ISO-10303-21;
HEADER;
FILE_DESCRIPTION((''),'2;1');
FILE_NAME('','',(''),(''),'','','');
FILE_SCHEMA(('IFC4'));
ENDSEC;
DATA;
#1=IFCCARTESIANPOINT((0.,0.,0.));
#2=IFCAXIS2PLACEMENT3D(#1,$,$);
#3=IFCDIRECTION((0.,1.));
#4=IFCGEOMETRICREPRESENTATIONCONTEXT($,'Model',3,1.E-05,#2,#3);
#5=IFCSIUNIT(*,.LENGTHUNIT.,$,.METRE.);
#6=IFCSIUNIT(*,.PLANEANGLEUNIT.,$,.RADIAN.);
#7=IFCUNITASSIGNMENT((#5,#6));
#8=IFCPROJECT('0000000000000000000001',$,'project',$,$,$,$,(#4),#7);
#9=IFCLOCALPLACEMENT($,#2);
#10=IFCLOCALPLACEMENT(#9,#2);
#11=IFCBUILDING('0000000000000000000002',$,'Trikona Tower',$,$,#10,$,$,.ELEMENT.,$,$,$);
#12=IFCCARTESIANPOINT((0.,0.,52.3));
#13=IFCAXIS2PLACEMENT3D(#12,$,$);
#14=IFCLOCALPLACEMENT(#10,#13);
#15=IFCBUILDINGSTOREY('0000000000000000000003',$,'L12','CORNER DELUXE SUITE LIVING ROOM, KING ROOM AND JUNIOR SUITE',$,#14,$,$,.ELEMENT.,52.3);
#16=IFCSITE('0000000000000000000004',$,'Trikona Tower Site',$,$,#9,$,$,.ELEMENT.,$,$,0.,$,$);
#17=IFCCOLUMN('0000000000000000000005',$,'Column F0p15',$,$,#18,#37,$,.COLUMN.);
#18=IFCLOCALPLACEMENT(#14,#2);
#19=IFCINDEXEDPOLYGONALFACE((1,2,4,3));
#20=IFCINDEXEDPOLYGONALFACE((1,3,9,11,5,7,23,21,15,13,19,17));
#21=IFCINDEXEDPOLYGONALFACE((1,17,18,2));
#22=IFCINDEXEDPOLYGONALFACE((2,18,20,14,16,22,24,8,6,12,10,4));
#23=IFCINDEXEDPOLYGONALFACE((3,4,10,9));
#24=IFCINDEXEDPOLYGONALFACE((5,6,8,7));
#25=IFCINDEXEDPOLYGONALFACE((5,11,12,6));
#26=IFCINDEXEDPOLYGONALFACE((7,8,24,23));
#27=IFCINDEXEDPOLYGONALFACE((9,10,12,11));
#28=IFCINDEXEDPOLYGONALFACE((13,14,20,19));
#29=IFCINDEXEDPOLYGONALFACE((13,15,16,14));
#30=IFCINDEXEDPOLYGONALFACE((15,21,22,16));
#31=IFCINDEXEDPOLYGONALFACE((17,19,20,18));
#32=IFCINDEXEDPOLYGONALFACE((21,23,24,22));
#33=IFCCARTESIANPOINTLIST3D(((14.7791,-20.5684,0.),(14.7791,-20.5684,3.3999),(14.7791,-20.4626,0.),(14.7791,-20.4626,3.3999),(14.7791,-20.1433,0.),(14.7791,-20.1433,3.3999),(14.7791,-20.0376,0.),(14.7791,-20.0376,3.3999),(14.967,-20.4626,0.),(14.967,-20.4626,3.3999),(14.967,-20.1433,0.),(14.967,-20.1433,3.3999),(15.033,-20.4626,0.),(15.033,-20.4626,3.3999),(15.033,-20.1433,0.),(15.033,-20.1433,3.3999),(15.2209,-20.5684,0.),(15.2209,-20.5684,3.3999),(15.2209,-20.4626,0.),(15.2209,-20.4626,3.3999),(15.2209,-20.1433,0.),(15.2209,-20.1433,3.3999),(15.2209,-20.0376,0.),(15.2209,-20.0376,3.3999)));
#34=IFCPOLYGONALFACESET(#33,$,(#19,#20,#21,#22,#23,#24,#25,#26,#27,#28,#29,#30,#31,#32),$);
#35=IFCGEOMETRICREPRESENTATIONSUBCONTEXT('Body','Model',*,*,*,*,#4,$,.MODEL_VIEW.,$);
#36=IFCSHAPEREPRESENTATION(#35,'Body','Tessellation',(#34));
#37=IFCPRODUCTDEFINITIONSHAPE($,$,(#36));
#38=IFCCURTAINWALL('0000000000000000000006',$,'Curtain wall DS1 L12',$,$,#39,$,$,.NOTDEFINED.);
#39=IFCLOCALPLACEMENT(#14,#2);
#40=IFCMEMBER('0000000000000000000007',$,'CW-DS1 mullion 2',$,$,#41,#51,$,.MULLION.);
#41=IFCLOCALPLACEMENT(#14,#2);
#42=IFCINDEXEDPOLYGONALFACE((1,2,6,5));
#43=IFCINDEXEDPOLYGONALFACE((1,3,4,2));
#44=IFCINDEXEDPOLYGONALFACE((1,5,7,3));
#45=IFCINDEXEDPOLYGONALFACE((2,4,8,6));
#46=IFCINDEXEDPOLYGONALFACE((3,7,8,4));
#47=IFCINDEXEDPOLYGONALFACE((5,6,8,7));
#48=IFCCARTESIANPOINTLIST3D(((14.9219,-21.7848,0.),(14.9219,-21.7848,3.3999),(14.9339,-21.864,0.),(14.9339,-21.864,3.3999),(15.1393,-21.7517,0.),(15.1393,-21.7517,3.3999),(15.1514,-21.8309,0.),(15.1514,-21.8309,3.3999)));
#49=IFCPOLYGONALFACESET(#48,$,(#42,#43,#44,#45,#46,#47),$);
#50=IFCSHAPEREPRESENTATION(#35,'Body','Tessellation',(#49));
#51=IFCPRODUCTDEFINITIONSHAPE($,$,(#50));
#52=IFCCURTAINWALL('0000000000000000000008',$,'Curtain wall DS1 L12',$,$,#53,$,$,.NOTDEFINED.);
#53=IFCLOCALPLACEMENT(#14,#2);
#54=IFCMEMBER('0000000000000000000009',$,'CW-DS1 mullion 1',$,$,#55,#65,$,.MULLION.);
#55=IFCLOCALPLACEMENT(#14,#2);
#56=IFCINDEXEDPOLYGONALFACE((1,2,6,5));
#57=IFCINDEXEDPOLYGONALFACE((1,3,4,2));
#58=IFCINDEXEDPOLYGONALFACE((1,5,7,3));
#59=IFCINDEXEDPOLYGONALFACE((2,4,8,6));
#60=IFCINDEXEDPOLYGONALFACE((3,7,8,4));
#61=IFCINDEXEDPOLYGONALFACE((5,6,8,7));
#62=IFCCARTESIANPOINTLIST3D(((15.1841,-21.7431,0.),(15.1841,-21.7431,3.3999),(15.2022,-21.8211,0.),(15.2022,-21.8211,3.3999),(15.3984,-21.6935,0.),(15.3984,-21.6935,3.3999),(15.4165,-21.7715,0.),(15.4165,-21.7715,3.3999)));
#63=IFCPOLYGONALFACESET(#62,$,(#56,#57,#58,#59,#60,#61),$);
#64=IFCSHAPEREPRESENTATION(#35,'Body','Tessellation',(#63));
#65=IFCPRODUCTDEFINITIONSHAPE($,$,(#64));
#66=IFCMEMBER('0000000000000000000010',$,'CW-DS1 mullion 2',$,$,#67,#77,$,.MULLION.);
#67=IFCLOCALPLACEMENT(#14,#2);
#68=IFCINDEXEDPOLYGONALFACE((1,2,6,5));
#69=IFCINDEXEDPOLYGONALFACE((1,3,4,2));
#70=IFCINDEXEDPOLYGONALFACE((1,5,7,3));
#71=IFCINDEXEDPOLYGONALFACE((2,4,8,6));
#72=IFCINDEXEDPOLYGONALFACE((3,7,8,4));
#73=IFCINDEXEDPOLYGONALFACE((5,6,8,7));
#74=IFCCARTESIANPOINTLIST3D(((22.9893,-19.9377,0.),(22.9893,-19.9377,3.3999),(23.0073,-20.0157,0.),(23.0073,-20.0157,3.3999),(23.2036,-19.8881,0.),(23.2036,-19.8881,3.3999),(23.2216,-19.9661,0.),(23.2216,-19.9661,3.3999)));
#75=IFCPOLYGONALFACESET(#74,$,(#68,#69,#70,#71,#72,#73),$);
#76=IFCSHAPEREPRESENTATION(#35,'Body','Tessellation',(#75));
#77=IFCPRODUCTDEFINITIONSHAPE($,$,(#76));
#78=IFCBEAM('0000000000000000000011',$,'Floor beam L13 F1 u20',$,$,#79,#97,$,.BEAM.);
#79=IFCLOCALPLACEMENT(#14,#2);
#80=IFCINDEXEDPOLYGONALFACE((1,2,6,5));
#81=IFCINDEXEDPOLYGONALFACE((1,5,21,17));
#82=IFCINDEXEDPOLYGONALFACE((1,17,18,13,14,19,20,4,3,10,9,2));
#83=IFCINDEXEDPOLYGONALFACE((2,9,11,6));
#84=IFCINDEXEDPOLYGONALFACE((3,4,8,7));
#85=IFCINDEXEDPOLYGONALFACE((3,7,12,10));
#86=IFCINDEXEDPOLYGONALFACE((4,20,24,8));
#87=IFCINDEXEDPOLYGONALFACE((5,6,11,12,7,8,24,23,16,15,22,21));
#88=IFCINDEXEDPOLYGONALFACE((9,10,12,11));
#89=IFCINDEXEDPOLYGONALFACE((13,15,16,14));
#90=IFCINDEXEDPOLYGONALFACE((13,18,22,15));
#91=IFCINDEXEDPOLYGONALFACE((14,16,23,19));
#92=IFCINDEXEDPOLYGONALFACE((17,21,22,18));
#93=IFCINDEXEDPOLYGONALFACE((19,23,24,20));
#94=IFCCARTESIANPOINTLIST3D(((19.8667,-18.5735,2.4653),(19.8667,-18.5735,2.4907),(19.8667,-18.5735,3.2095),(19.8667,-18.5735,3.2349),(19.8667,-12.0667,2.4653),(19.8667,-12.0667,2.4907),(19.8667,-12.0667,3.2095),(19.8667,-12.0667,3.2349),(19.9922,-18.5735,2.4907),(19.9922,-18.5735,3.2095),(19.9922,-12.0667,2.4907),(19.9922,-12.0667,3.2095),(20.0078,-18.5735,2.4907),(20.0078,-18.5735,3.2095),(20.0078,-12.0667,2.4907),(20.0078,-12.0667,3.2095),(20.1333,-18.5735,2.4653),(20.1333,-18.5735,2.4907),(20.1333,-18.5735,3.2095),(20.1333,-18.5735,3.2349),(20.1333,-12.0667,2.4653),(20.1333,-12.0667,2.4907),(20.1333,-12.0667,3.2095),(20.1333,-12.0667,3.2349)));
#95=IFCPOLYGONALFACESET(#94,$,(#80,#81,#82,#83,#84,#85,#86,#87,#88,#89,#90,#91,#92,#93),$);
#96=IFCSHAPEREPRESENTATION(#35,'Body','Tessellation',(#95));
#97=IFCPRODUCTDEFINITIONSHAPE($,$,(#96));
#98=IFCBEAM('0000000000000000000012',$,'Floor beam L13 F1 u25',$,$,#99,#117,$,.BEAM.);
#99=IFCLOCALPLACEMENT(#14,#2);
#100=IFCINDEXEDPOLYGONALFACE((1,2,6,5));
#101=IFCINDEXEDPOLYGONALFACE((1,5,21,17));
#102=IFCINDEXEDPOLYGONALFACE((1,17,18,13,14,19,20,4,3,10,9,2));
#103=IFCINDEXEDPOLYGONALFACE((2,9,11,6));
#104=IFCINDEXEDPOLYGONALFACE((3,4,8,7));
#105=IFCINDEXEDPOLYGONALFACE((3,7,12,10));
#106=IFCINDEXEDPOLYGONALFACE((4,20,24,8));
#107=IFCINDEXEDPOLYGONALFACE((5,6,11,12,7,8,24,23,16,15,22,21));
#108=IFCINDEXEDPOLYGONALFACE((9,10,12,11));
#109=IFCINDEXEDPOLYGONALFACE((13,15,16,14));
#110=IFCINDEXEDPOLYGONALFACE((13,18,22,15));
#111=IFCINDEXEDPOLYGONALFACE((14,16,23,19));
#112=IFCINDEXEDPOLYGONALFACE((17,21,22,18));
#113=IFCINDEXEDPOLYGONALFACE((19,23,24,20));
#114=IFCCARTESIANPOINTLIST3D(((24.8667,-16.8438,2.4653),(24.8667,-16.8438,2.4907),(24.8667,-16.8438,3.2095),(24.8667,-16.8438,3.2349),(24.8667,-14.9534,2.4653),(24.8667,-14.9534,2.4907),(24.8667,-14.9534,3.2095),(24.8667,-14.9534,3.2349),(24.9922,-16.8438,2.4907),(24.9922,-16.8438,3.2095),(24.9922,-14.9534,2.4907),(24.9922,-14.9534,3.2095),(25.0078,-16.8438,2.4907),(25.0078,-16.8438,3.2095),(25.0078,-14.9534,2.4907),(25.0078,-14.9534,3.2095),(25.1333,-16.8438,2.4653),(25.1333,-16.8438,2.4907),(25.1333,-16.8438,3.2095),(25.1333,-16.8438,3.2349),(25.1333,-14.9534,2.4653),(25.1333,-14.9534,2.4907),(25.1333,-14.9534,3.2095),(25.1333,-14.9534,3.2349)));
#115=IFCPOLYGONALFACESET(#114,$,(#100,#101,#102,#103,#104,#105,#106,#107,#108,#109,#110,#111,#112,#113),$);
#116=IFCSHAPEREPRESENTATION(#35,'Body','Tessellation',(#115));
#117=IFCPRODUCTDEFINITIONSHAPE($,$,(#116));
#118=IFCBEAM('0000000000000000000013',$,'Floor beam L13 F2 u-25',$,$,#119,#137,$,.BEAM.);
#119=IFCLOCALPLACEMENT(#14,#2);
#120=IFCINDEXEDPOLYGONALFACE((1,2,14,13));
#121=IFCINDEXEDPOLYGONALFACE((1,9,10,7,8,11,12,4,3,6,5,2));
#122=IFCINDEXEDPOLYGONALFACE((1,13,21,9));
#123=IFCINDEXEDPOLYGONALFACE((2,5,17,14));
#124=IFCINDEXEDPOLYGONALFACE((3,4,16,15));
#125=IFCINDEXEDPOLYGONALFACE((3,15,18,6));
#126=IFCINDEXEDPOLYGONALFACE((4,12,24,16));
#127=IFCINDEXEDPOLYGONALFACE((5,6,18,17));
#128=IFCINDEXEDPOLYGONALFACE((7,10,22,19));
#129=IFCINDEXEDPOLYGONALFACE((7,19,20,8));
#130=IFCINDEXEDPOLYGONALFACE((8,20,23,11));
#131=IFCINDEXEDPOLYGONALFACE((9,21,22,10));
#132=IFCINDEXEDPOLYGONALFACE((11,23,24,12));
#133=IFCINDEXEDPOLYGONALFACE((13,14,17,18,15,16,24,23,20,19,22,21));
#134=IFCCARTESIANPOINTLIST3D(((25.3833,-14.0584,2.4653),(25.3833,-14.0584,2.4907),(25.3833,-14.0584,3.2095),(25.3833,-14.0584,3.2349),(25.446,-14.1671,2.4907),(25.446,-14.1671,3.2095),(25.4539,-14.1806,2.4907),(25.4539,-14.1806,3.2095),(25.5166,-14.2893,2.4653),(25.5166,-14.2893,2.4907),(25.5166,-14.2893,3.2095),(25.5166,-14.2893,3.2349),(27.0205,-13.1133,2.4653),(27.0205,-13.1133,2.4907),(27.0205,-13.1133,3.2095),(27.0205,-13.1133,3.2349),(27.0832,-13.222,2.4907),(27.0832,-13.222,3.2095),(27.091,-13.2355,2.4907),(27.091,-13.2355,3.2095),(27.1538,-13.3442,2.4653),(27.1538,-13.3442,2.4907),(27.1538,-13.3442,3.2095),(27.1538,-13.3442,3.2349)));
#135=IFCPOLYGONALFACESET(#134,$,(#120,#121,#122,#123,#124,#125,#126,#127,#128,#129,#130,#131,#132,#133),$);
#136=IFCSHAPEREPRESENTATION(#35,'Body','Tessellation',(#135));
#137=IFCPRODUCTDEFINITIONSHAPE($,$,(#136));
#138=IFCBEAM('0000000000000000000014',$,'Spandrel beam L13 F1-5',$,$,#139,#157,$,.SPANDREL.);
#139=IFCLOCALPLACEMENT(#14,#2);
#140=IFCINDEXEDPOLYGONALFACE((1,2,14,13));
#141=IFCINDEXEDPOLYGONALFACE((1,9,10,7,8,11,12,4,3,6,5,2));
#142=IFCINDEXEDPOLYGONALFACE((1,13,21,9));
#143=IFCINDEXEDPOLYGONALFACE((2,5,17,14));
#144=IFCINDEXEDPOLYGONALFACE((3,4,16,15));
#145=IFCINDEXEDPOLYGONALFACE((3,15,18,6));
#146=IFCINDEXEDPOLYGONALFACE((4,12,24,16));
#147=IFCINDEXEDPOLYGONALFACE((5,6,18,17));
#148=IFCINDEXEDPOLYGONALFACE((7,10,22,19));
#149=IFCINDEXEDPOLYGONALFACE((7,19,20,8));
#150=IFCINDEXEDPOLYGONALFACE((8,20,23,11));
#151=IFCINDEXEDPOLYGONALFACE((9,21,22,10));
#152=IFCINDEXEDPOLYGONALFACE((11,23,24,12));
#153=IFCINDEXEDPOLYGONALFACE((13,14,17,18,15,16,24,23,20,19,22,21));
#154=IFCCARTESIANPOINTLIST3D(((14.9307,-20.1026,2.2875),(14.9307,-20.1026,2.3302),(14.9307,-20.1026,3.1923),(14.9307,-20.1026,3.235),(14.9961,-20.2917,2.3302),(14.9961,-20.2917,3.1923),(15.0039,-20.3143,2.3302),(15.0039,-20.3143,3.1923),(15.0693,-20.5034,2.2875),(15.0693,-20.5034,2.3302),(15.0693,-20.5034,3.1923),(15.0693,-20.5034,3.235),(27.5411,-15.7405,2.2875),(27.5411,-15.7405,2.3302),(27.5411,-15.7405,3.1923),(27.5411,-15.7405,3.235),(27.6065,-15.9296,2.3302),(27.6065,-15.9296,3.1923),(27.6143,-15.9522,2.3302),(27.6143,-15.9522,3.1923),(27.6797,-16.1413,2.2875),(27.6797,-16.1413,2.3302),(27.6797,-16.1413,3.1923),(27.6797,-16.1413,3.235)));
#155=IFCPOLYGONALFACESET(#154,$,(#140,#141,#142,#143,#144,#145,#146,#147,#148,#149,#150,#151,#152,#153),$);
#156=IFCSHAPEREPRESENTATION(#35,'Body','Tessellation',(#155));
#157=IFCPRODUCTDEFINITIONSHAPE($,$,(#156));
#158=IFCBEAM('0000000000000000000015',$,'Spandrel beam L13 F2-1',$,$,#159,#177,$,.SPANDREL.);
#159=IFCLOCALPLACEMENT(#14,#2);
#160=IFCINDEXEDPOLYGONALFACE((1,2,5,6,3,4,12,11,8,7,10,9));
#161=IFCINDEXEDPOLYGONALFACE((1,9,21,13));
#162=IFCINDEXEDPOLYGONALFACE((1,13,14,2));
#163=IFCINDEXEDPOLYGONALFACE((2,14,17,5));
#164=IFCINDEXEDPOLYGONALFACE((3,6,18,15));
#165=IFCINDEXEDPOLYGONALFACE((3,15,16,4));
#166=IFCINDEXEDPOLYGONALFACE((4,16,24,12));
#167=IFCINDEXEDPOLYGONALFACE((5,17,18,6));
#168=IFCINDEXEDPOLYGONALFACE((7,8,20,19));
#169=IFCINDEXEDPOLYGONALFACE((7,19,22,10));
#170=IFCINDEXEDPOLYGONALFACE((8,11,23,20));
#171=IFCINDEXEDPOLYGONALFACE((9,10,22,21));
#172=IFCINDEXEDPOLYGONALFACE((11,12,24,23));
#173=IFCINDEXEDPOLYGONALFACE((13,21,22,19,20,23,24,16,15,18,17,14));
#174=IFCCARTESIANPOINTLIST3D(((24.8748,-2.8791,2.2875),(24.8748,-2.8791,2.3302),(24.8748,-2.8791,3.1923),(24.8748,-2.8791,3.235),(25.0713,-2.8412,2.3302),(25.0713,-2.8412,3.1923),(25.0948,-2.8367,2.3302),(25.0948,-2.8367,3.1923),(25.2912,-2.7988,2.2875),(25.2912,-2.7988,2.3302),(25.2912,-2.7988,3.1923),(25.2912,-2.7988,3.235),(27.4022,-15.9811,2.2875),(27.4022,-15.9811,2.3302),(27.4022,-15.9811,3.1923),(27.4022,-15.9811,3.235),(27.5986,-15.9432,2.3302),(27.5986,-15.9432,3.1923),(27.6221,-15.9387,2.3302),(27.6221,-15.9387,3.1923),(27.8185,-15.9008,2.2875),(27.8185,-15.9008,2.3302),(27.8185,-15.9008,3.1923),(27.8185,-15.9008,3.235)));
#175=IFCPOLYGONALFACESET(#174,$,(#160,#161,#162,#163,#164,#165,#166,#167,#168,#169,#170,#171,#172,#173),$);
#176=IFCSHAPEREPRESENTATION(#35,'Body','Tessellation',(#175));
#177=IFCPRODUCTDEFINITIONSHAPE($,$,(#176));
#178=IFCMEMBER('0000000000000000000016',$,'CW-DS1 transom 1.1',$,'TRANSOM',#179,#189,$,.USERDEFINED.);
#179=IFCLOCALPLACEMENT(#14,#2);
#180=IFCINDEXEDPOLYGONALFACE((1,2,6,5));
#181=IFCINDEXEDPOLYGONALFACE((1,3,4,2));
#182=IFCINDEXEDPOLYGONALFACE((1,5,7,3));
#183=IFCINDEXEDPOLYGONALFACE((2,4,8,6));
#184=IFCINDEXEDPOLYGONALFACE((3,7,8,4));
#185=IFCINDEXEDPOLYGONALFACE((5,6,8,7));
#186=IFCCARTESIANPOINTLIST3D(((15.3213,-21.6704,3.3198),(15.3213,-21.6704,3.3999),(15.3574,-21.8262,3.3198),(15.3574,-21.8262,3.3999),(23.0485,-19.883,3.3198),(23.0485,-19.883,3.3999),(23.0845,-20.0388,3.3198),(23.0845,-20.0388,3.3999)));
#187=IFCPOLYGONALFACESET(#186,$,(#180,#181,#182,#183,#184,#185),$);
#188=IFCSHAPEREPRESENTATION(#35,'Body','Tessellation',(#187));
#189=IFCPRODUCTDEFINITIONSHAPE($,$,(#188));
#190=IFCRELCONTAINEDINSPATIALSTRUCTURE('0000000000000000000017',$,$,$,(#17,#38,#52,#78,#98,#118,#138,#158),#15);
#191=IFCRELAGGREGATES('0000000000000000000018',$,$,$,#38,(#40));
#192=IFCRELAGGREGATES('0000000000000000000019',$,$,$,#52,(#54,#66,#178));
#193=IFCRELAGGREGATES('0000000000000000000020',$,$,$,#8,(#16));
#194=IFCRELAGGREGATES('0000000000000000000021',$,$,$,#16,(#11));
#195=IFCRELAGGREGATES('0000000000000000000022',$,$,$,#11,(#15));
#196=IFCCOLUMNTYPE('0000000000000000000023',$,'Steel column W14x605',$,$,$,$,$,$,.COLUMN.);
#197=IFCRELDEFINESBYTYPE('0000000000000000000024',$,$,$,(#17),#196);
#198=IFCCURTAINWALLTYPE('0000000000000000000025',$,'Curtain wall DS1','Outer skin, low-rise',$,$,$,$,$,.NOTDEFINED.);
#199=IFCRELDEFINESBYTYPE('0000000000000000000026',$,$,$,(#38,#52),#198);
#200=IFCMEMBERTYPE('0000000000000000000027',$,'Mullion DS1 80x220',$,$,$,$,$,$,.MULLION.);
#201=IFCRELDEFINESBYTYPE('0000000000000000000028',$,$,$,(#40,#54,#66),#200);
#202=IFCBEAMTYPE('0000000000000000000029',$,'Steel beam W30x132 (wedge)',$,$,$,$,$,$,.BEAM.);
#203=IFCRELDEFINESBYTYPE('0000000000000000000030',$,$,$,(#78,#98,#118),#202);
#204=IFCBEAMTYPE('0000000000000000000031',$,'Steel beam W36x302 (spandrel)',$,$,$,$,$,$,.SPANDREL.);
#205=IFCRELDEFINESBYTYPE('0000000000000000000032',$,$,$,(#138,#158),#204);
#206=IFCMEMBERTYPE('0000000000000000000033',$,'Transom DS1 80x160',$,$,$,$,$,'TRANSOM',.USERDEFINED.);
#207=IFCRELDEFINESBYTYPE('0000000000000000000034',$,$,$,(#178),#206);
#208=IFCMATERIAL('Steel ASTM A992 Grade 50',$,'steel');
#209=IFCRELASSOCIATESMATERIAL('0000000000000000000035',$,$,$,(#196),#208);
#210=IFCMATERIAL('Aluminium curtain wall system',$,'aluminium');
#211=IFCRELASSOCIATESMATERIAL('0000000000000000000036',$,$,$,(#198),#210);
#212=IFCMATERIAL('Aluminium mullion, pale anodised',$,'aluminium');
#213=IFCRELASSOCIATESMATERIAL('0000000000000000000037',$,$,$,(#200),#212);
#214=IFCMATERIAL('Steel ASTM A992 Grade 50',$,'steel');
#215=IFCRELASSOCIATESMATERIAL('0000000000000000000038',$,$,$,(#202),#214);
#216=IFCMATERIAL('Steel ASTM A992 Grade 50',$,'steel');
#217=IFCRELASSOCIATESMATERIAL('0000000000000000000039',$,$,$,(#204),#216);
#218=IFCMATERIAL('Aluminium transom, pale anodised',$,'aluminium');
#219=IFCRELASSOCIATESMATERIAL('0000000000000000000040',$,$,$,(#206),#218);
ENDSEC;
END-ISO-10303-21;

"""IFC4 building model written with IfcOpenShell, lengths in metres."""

from ifc_helpers import new_model, si_unit, direction, frame, origin, origin_2d, place, context, subcontext, project, spatial, rectangle, i_section, extrude, material, material_profile, profile_set, type_object, element, aggregate, save


model = new_model("IFC4")

# Units and contexts
model_context = context("Model", 3, precision=1e-05, world=origin(), true_north=direction((0.0, 1.0)))
body_context = subcontext(model_context, "Body", "Model", "MODEL_VIEW")
ifc_project = project(units=[si_unit("LENGTHUNIT", "METRE"), si_unit("PLANEANGLEUNIT", "RADIAN")], contexts=[model_context])

# Site, building, storey
site_placement = place(None, origin())
site = spatial("IfcSite", under=ifc_project, at=site_placement, Name="Trikona Tower Site", CompositionType="ELEMENT", RefElevation=0.0)
building_placement = place(site_placement, origin())
building = spatial("IfcBuilding", under=site, at=building_placement, Name="Trikona Tower", CompositionType="ELEMENT")
storey_placement = place(building_placement, frame((0.0, 0.0, 52.3)))
storey = spatial("IfcBuildingStorey", under=building, at=storey_placement, Name="L12", Description="CORNER DELUXE SUITE LIVING ROOM, KING ROOM AND JUNIOR SUITE", CompositionType="ELEMENT", Elevation=52.3)

# Column
ifc_material_1 = material(Name="Steel ASTM A992 Grade 50", Category="steel")
ifc_material_profile_1 = material_profile(ifc_material_1, i_section(OverallWidth=0.4419, OverallDepth=0.5308, WebThickness=0.0659, FlangeThickness=0.1057, at=origin_2d()), Name="W14X605")
ifc_profile_set_1 = profile_set([ifc_material_profile_1], Name="Steel ASTM A992 Grade 50")
column_type = type_object("IfcColumnType", Name="Steel column W14x605", PredefinedType="COLUMN", material=ifc_profile_set_1)
column_placement = place(storey_placement, frame((15.0, -20.303, 0.0), z_axis=(0.0, 0.0, 1.0), x_axis=(1.0, 0.0, 0.0)))
element("IfcColumn", 1, at=column_placement, inside=storey, type_object=column_type, Name="Column F0p15", PredefinedType="COLUMN", context=body_context, shape_type="SweptSolid", body=[
    extrude(i_section(OverallWidth=0.4419, OverallDepth=0.5308, WebThickness=0.0659, FlangeThickness=0.1057, at=origin_2d()), origin(), (0.0, 0.0, 1.0), 3.3999),
])

# Curtain wall, member
ifc_material_2 = material(Name="Aluminium curtain wall system", Category="aluminium")
curtain_wall_type = type_object("IfcCurtainWallType", Name="Curtain wall DS1", Description="Outer skin, low-rise", PredefinedType="NOTDEFINED", material=ifc_material_2)
curtain_wall_1_placement = place(storey_placement, origin())
curtain_wall_1 = element("IfcCurtainWall", 2, at=curtain_wall_1_placement, inside=storey, type_object=curtain_wall_type, Name="Curtain wall DS1 L12", PredefinedType="NOTDEFINED")
ifc_material_3 = material(Name="Aluminium mullion, pale anodised", Category="aluminium")
ifc_material_profile_2 = material_profile(ifc_material_3, rectangle(XDim=0.0801, YDim=0.22, at=origin_2d()), Name="MUL-DS1")
ifc_profile_set_2 = profile_set([ifc_material_profile_2], Name="Aluminium mullion, pale anodised")
member_type_1 = type_object("IfcMemberType", Name="Mullion DS1 80x220", PredefinedType="MULLION", material=ifc_profile_set_2)
member_1_placement = place(storey_placement, frame((15.0366, -21.8079, 0.0), z_axis=(0.0, 0.0, 1.0), x_axis=(-0.150438, 0.988619, 0.0)))
member_1 = element("IfcMember", 3, at=member_1_placement, type_object=member_type_1, Name="CW-DS1 mullion 2", PredefinedType="MULLION", context=body_context, shape_type="SweptSolid", body=[
    extrude(rectangle(XDim=0.0801, YDim=0.22, at=origin_2d()), origin(), (0.0, 0.0, 1.0), 3.3999),
])
aggregate(curtain_wall_1, [member_1])

# Curtain wall, members
curtain_wall_2_placement = place(storey_placement, origin())
curtain_wall_2 = element("IfcCurtainWall", 4, at=curtain_wall_2_placement, inside=storey, type_object=curtain_wall_type, Name="Curtain wall DS1 L12", PredefinedType="NOTDEFINED")
member_2_placement = place(storey_placement, frame((15.3003, -21.7573, 0.0), z_axis=(0.0, 0.0, 1.0), x_axis=(-0.225343, 0.974279, 0.0)))
member_2 = element("IfcMember", 5, at=member_2_placement, type_object=member_type_1, Name="CW-DS1 mullion 1", PredefinedType="MULLION", context=body_context, shape_type="SweptSolid", body=[
    extrude(rectangle(XDim=0.0801, YDim=0.22, at=origin_2d()), origin(), (0.0, 0.0, 1.0), 3.3999),
])
member_3_placement = place(storey_placement, frame((23.1055, -19.9519, 0.0), z_axis=(0.0, 0.0, 1.0), x_axis=(-0.225343, 0.974279, 0.0)))
member_3 = element("IfcMember", 6, at=member_3_placement, type_object=member_type_1, Name="CW-DS1 mullion 2", PredefinedType="MULLION", context=body_context, shape_type="SweptSolid", body=[
    extrude(rectangle(XDim=0.0801, YDim=0.22, at=origin_2d()), origin(), (0.0, 0.0, 1.0), 3.3999),
])

# Beams
ifc_material_4 = material(Name="Steel ASTM A992 Grade 50", Category="steel")
ifc_material_profile_3 = material_profile(ifc_material_4, i_section(OverallWidth=0.2666, OverallDepth=0.7695, WebThickness=0.0156, FlangeThickness=0.0254, at=origin_2d()), Name="W30X132")
ifc_profile_set_3 = profile_set([ifc_material_profile_3], Name="Steel ASTM A992 Grade 50")
beam_type_1 = type_object("IfcBeamType", Name="Steel beam W30x132 (wedge)", PredefinedType="BEAM", material=ifc_profile_set_3)
beam_placement = place(storey_placement, frame((20.0, -12.0667, 2.8501), z_axis=(0.0, -1.0, 0.0), x_axis=(1.0, 0.0, 0.0)))
element("IfcBeam", 7, at=beam_placement, inside=storey, type_object=beam_type_1, Name="Floor beam L13 F1 u20", PredefinedType="BEAM", context=body_context, shape_type="SweptSolid", body=[
    extrude(i_section(OverallWidth=0.2666, OverallDepth=0.7695, WebThickness=0.0156, FlangeThickness=0.0254, at=origin_2d()), origin(), (0.0, 0.0, 1.0), 6.5068),
])
for number, where, z_axis, x_axis, name in (
    (8, (25.0, -14.9534, 2.8501), (0.0, -1.0, 0.0), (1.0, 0.0, 0.0), "Floor beam L13 F1 u25"),
    (9, (25.45, -14.1738, 2.8501), (0.866065, 0.499931, 0.0), (-0.499931, 0.866065, 0.0), "Floor beam L13 F2 u-25"),
):
    element("IfcBeam", number, at=place(storey_placement, frame(where, z_axis=z_axis, x_axis=x_axis)), inside=storey, type_object=beam_type_1, Name=name, PredefinedType="BEAM", context=body_context, shape_type="SweptSolid", body=[
        extrude(i_section(OverallWidth=0.2666, OverallDepth=0.7695, WebThickness=0.0156, FlangeThickness=0.0254, at=origin_2d()), origin(), (0.0, 0.0, 1.0), 1.8904),
    ])
ifc_material_5 = material(Name="Steel ASTM A992 Grade 50", Category="steel")
ifc_material_profile_4 = material_profile(ifc_material_5, i_section(OverallWidth=0.4241, OverallDepth=0.9475, WebThickness=0.0239, FlangeThickness=0.0427, at=origin_2d()), Name="W36X302")
ifc_profile_set_4 = profile_set([ifc_material_profile_4], Name="Steel ASTM A992 Grade 50")
beam_type_2 = type_object("IfcBeamType", Name="Steel beam W36x302 (spandrel)", PredefinedType="SPANDREL", material=ifc_profile_set_4)
for number, where, z_axis, x_axis, name in (
    (10, (15.0, -20.303, 2.7612), (0.945057, 0.326906, 0.0), (-0.326906, 0.945057, 0.0), "Spandrel beam L13 F1-5"),
    (11, (27.6104, -15.9409, 2.7612), (-0.189405, 0.981899, 0.0), (-0.981899, -0.189405, 0.0), "Spandrel beam L13 F2-1"),
):
    element("IfcBeam", number, at=place(storey_placement, frame(where, z_axis=z_axis, x_axis=x_axis)), inside=storey, type_object=beam_type_2, Name=name, PredefinedType="SPANDREL", context=body_context, shape_type="SweptSolid", body=[
        extrude(i_section(OverallWidth=0.4241, OverallDepth=0.9475, WebThickness=0.0239, FlangeThickness=0.0427, at=origin_2d()), origin(), (0.0, 0.0, 1.0), 13.3435),
    ])

# Member
ifc_material_6 = material(Name="Aluminium transom, pale anodised", Category="aluminium")
ifc_material_profile_5 = material_profile(ifc_material_6, rectangle(XDim=0.1599, YDim=0.0801, at=origin_2d()), Name="TRN-DS1")
ifc_profile_set_5 = profile_set([ifc_material_profile_5], Name="Aluminium transom, pale anodised")
member_type_2 = type_object("IfcMemberType", Name="Transom DS1 80x160", ElementType="TRANSOM", PredefinedType="USERDEFINED", material=ifc_profile_set_5)
member_4_placement = place(storey_placement, frame((15.3394, -21.7483, 3.3599), z_axis=(0.974275, 0.225361, 0.0), x_axis=(-0.225361, 0.974275, 0.0)))
member_4 = element("IfcMember", 12, at=member_4_placement, type_object=member_type_2, Name="CW-DS1 transom 1.1", ObjectType="TRANSOM", PredefinedType="USERDEFINED", context=body_context, shape_type="SweptSolid", body=[
    extrude(rectangle(XDim=0.1599, YDim=0.0801, at=origin_2d()), origin(), (0.0, 0.0, 1.0), 7.9312),
])

aggregate(curtain_wall_2, [member_2, member_3, member_4])

save(model, "model.ifc")
